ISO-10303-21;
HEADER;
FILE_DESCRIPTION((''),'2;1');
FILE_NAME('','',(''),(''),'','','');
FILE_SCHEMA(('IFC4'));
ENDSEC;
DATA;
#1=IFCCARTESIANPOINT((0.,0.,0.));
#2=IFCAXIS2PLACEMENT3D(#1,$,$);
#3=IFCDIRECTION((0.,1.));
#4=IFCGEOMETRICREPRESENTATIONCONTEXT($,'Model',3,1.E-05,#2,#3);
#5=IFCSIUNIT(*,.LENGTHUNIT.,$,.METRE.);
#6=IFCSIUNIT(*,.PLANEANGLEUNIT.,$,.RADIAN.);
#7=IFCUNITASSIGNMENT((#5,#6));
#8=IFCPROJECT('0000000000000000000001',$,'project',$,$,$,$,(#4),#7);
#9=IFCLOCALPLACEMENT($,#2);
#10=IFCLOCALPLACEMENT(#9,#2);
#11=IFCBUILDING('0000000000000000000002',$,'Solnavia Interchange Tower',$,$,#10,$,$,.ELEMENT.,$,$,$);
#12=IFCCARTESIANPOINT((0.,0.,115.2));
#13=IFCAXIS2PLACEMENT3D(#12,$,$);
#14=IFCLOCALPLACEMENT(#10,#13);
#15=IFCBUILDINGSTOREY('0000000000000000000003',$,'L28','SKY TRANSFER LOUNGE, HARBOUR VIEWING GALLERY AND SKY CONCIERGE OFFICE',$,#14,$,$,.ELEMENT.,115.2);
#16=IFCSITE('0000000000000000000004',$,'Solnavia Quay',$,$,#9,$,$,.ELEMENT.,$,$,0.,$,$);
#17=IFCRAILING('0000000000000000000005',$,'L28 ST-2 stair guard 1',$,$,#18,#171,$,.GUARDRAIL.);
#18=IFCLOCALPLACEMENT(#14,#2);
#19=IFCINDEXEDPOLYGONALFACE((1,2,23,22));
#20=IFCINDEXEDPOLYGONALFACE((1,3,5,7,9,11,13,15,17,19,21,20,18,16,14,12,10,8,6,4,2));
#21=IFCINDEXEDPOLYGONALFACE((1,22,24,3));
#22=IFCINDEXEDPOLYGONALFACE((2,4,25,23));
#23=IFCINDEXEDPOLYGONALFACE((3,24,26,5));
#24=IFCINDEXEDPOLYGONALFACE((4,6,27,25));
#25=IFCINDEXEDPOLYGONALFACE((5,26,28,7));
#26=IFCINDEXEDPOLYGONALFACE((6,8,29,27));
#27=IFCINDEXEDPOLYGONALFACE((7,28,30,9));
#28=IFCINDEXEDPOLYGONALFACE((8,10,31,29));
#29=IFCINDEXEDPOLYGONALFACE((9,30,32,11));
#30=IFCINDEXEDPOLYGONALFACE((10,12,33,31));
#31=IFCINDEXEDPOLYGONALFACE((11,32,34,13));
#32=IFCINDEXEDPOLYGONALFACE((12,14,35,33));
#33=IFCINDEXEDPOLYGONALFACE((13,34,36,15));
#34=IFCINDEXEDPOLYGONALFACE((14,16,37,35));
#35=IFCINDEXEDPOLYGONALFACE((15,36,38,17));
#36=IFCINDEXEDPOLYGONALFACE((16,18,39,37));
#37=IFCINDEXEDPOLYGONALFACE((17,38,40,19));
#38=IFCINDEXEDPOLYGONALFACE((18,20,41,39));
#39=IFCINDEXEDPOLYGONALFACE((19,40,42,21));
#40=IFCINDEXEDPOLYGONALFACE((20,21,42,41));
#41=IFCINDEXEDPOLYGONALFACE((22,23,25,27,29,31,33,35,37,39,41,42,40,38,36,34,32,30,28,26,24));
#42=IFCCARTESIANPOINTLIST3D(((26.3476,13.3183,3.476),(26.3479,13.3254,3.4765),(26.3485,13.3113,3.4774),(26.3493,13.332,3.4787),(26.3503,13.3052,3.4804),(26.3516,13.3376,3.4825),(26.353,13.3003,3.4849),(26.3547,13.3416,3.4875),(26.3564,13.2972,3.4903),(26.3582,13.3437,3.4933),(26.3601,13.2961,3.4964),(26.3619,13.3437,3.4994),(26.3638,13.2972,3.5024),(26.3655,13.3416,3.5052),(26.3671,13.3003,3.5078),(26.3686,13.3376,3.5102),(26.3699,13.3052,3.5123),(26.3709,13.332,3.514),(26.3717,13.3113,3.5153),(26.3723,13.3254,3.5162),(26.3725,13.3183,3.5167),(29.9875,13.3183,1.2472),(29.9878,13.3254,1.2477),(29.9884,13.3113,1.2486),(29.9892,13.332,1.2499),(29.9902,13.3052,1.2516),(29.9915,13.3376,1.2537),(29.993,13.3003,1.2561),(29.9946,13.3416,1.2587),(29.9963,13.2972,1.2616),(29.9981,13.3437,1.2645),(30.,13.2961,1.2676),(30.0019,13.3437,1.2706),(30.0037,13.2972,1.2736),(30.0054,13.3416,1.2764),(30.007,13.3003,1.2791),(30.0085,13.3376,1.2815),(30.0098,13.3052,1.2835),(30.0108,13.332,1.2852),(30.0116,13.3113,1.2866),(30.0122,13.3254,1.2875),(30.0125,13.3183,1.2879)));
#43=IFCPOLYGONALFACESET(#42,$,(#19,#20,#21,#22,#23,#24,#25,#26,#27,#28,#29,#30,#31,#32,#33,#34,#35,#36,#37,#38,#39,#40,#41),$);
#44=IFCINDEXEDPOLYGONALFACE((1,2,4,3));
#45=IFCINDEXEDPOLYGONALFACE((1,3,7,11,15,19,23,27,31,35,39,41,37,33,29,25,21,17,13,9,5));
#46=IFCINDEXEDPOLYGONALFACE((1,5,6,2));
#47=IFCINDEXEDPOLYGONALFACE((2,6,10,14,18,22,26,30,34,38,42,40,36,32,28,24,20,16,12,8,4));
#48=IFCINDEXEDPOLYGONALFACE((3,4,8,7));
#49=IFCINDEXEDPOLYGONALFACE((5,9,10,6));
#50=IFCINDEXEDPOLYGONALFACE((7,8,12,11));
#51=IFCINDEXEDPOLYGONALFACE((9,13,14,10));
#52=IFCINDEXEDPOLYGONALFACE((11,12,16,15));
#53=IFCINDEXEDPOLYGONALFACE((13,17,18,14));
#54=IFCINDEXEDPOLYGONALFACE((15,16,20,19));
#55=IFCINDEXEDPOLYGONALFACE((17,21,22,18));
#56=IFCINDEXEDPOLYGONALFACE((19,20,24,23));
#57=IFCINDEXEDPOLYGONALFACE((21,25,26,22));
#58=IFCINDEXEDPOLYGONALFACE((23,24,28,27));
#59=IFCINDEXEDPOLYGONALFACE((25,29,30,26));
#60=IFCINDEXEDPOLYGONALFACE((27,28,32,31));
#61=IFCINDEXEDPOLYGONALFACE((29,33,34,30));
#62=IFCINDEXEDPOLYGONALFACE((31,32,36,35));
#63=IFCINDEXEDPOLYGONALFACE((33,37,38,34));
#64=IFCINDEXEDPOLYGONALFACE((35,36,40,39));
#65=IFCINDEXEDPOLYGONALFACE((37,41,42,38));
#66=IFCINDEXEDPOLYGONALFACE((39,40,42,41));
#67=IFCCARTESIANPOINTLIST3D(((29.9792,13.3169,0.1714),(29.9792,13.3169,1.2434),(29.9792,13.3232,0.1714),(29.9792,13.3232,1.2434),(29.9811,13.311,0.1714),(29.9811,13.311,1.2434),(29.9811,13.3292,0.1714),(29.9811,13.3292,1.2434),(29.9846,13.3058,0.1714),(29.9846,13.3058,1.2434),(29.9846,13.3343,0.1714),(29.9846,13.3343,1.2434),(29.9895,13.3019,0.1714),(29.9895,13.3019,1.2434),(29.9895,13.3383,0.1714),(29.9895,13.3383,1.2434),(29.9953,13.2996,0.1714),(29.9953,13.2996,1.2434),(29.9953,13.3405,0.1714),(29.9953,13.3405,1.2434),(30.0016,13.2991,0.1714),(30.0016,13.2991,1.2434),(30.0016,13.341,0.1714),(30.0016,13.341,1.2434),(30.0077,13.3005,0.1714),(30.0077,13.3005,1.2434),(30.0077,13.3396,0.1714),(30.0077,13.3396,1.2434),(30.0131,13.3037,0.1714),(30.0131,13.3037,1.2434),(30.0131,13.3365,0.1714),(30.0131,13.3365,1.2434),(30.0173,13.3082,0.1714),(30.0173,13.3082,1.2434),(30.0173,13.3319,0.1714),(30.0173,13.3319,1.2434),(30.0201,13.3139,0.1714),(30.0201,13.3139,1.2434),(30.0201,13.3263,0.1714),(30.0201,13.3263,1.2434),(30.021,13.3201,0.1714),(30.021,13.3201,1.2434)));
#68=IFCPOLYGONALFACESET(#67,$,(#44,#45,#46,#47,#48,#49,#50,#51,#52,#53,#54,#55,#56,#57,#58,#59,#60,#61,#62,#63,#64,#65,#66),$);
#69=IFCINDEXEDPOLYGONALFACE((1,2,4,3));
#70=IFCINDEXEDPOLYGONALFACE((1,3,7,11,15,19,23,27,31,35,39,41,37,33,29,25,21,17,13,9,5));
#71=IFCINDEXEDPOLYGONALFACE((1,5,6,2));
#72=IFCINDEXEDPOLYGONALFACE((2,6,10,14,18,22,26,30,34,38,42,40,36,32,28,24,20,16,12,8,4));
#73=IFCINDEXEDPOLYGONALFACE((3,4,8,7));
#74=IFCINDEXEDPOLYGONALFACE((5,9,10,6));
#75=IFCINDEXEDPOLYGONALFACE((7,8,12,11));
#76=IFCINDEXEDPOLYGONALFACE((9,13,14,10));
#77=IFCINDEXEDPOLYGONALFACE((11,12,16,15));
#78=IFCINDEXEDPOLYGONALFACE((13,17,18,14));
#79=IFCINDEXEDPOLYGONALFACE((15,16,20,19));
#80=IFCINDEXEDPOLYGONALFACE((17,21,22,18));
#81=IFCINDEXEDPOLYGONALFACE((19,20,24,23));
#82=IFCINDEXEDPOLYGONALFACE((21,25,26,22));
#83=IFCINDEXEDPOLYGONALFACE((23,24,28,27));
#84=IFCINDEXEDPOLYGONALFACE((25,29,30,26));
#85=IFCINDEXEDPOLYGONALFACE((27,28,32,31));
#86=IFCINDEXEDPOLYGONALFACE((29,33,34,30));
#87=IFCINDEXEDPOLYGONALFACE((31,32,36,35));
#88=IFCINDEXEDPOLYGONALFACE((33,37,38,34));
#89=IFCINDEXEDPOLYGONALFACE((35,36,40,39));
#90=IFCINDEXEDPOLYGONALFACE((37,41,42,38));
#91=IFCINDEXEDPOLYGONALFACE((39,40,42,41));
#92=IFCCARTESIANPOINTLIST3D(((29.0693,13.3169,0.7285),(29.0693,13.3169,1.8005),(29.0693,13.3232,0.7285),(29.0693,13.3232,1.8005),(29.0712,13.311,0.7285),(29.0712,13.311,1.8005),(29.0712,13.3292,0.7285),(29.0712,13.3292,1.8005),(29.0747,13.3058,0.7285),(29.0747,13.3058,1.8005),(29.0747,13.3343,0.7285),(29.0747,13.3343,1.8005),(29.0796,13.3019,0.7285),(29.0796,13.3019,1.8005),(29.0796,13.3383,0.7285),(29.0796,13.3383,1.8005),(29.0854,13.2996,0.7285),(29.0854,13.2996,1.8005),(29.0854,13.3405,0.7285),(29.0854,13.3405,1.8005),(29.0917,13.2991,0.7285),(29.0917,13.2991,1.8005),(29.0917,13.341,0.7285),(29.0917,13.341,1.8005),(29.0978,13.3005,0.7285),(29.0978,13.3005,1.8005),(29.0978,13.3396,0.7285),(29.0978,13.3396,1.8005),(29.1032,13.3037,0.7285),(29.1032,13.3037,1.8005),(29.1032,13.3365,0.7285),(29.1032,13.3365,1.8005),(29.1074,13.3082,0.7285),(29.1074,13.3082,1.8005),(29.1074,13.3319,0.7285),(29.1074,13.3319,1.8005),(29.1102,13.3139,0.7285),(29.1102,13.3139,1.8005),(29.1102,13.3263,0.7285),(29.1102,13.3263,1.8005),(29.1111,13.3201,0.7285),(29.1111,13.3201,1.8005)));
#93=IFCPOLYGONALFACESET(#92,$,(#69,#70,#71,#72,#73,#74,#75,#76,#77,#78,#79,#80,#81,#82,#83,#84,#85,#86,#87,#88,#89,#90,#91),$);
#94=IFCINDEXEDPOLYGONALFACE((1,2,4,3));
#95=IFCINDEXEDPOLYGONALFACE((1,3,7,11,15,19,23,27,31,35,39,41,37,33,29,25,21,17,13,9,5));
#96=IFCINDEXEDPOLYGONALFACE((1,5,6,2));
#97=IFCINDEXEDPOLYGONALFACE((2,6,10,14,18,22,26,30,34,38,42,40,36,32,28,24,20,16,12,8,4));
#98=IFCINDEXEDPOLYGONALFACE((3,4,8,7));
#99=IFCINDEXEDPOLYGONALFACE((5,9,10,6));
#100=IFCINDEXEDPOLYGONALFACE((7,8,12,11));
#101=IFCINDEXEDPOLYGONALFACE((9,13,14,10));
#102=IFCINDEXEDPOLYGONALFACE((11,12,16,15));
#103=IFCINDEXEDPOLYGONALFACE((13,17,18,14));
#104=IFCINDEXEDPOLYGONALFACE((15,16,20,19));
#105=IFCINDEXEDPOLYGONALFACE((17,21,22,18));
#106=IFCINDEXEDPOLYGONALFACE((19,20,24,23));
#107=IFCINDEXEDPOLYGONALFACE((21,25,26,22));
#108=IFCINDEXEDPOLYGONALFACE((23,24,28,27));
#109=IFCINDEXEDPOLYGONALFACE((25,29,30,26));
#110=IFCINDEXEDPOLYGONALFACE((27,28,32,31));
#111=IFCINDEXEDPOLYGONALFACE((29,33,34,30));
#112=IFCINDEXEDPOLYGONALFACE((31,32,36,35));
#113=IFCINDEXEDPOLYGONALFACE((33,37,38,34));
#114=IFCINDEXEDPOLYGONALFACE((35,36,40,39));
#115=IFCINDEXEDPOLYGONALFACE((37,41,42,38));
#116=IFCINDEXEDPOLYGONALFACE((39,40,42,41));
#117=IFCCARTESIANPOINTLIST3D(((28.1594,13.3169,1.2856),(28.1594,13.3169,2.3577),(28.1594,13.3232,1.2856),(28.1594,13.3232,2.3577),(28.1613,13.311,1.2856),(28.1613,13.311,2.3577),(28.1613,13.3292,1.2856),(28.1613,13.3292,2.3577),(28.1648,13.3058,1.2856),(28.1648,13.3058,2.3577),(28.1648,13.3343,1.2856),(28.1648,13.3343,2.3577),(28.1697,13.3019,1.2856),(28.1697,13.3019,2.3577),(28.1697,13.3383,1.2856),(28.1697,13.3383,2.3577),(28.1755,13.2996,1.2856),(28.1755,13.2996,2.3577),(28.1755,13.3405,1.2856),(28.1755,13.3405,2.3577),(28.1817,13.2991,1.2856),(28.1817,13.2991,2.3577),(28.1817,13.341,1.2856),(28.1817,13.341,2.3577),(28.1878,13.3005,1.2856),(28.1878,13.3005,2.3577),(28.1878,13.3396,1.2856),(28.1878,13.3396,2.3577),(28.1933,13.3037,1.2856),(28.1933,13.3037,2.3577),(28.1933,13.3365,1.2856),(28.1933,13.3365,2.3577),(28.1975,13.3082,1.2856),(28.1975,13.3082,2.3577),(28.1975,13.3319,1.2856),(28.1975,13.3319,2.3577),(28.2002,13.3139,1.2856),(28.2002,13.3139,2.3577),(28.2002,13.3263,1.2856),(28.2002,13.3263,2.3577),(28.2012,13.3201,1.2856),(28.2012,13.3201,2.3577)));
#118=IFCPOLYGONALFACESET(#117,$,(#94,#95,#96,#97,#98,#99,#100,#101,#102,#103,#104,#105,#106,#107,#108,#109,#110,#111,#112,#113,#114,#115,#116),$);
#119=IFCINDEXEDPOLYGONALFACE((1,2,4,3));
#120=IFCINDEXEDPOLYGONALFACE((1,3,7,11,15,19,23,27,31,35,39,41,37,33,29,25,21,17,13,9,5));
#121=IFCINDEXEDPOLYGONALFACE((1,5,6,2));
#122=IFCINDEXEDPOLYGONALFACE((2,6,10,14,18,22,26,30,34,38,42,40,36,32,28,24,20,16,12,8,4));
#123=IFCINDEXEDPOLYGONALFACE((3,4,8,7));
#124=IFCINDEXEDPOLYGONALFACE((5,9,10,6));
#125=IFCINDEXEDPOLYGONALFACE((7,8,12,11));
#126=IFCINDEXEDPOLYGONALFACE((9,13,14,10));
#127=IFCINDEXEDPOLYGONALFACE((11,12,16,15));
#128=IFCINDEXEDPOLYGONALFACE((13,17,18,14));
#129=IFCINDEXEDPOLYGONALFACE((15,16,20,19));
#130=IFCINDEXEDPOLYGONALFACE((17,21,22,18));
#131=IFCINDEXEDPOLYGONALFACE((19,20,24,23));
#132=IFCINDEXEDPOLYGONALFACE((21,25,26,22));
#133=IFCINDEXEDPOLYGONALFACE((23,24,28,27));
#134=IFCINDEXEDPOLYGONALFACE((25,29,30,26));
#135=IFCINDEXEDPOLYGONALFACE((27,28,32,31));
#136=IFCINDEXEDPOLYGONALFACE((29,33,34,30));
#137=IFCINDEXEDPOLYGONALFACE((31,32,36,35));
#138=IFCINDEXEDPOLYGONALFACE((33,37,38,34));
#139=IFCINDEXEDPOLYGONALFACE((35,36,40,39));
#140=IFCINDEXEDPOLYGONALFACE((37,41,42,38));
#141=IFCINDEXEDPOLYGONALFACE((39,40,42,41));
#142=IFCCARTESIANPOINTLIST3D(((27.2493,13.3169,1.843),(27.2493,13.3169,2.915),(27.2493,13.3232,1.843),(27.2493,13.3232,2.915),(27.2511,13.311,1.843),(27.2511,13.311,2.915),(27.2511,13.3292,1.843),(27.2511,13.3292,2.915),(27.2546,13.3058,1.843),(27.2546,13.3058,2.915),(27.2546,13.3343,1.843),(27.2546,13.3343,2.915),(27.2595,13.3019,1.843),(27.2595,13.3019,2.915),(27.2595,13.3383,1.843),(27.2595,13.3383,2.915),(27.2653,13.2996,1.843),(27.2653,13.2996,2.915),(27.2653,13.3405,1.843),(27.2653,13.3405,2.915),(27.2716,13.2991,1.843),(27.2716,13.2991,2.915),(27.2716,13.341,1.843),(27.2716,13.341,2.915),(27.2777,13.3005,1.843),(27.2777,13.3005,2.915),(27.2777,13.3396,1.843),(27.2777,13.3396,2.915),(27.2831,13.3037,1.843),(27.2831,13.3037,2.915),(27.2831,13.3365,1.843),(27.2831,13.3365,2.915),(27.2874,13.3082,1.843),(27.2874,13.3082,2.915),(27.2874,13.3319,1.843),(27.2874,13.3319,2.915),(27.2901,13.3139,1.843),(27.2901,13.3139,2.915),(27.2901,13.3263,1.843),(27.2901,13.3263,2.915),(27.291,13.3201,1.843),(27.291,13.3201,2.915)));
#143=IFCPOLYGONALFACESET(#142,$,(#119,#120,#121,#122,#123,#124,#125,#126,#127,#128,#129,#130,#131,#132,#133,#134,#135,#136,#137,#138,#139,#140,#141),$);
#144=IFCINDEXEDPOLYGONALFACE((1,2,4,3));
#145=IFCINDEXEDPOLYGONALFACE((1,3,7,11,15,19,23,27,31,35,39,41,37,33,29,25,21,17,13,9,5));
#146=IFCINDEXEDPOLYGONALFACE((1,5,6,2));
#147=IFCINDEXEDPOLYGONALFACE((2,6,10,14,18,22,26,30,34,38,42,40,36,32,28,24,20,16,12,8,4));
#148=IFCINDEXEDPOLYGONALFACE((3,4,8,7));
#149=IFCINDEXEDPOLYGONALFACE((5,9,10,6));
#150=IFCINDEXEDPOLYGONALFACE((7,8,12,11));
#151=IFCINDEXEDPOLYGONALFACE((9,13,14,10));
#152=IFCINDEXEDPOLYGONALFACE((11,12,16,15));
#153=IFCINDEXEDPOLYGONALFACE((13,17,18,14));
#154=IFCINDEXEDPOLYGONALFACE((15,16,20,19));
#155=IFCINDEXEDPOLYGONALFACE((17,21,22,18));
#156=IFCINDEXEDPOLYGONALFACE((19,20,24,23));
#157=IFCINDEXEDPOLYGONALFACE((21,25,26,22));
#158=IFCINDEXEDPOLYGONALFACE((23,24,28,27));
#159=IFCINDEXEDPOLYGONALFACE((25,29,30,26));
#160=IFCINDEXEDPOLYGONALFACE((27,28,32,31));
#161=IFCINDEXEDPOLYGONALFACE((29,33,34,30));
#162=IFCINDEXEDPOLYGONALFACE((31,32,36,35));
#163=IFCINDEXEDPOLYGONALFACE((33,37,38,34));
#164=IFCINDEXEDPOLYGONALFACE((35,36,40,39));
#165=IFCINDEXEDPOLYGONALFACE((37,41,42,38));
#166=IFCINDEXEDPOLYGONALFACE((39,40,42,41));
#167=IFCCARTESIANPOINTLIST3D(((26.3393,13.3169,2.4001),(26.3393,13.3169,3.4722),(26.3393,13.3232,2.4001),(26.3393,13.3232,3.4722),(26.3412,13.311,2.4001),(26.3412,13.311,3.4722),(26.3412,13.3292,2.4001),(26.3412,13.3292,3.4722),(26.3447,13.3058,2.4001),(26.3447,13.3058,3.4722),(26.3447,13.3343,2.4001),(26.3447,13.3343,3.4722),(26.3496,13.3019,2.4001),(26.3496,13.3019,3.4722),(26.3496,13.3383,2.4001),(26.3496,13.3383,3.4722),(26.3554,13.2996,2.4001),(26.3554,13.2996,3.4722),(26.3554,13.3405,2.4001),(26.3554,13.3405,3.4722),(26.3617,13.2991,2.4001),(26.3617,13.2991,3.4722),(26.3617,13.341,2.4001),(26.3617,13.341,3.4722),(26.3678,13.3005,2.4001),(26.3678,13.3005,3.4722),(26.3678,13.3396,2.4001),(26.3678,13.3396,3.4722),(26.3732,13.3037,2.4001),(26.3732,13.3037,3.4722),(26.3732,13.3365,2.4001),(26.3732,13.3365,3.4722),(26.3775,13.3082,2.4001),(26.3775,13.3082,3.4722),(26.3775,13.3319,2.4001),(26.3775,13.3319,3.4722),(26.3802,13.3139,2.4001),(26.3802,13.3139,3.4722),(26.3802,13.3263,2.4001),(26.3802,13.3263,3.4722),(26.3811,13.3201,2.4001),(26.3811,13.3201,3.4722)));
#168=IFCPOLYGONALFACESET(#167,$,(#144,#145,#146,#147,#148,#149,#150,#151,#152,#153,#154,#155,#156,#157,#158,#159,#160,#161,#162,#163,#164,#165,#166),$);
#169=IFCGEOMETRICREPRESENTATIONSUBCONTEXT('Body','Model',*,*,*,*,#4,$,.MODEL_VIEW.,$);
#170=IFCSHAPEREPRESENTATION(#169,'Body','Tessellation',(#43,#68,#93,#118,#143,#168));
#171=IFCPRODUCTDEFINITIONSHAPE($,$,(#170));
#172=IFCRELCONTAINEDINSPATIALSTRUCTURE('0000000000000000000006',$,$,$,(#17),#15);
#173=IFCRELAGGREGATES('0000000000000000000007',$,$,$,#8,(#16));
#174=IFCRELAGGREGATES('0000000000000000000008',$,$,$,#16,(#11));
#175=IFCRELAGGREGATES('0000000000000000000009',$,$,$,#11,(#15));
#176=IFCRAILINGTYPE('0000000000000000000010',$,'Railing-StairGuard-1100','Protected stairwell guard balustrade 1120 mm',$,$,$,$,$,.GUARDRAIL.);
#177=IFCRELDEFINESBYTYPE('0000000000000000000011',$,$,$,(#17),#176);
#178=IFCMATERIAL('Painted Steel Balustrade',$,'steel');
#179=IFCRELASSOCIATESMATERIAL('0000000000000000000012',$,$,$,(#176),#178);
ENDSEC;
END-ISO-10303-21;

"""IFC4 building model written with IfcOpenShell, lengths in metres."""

from ifc_helpers import new_model, si_unit, direction, frame, origin, origin_2d, place, context, subcontext, project, spatial, circle, extrude, material, type_object, element, save


model = new_model("IFC4")

# Units and contexts
model_context = context("Model", 3, precision=1e-05, world=origin(), true_north=direction((0.0, 1.0)))
body_context = subcontext(model_context, "Body", "Model", "MODEL_VIEW")
ifc_project = project(units=[si_unit("LENGTHUNIT", "METRE"), si_unit("PLANEANGLEUNIT", "RADIAN")], contexts=[model_context])

# Site, building, storey
site_placement = place(None, origin())
site = spatial("IfcSite", under=ifc_project, at=site_placement, Name="Solnavia Quay", CompositionType="ELEMENT", RefElevation=0.0)
building_placement = place(site_placement, origin())
building = spatial("IfcBuilding", under=site, at=building_placement, Name="Solnavia Interchange Tower", CompositionType="ELEMENT")
storey_placement = place(building_placement, frame((0.0, 0.0, 115.2)))
storey = spatial("IfcBuildingStorey", under=building, at=storey_placement, Name="L28", Description="SKY TRANSFER LOUNGE, HARBOUR VIEWING GALLERY AND SKY CONCIERGE OFFICE", CompositionType="ELEMENT", Elevation=115.2)

# Railing
ifc_material_1 = material(Name="Painted Steel Balustrade", Category="steel")
railing_type_1 = type_object("IfcRailingType", Name="Railing-StairGuard-1100", Description="Protected stairwell guard balustrade 1120 mm", PredefinedType="GUARDRAIL", material=ifc_material_1)
railing_1_placement = place(storey_placement, frame((30.0, 13.3201, 0.1714)))
element("IfcRailing", 1, at=railing_1_placement, inside=storey, type_object=railing_type_1, Name="L28 ST-2 stair guard 1", PredefinedType="GUARDRAIL", context=body_context, shape_type="SweptSolid", body=[
    extrude(circle(Radius=0.0239, at=origin_2d()), frame((0.0, 0.0, 1.0962), z_axis=(-0.852825, 0.0, 0.522197), x_axis=(0.0, -1.0, 0.0)), (0.0, 0.0, 1.0), 4.2681),
    extrude(circle(Radius=0.021, at=origin_2d()), origin(), (0.0, 0.0, 1.0), 1.072),
    extrude(circle(Radius=0.021, at=origin_2d()), frame((-0.9099, 0.0, 0.5571)), (0.0, 0.0, 1.0), 1.072),
    extrude(circle(Radius=0.021, at=origin_2d()), frame((-1.8198, 0.0, 1.1143)), (0.0, 0.0, 1.0), 1.072),
    extrude(circle(Radius=0.021, at=origin_2d()), frame((-2.73, 0.0, 1.6716)), (0.0, 0.0, 1.0), 1.072),
    extrude(circle(Radius=0.021, at=origin_2d()), frame((-3.6399, 0.0, 2.2288)), (0.0, 0.0, 1.0), 1.072),
])

save(model, "model.ifc")
